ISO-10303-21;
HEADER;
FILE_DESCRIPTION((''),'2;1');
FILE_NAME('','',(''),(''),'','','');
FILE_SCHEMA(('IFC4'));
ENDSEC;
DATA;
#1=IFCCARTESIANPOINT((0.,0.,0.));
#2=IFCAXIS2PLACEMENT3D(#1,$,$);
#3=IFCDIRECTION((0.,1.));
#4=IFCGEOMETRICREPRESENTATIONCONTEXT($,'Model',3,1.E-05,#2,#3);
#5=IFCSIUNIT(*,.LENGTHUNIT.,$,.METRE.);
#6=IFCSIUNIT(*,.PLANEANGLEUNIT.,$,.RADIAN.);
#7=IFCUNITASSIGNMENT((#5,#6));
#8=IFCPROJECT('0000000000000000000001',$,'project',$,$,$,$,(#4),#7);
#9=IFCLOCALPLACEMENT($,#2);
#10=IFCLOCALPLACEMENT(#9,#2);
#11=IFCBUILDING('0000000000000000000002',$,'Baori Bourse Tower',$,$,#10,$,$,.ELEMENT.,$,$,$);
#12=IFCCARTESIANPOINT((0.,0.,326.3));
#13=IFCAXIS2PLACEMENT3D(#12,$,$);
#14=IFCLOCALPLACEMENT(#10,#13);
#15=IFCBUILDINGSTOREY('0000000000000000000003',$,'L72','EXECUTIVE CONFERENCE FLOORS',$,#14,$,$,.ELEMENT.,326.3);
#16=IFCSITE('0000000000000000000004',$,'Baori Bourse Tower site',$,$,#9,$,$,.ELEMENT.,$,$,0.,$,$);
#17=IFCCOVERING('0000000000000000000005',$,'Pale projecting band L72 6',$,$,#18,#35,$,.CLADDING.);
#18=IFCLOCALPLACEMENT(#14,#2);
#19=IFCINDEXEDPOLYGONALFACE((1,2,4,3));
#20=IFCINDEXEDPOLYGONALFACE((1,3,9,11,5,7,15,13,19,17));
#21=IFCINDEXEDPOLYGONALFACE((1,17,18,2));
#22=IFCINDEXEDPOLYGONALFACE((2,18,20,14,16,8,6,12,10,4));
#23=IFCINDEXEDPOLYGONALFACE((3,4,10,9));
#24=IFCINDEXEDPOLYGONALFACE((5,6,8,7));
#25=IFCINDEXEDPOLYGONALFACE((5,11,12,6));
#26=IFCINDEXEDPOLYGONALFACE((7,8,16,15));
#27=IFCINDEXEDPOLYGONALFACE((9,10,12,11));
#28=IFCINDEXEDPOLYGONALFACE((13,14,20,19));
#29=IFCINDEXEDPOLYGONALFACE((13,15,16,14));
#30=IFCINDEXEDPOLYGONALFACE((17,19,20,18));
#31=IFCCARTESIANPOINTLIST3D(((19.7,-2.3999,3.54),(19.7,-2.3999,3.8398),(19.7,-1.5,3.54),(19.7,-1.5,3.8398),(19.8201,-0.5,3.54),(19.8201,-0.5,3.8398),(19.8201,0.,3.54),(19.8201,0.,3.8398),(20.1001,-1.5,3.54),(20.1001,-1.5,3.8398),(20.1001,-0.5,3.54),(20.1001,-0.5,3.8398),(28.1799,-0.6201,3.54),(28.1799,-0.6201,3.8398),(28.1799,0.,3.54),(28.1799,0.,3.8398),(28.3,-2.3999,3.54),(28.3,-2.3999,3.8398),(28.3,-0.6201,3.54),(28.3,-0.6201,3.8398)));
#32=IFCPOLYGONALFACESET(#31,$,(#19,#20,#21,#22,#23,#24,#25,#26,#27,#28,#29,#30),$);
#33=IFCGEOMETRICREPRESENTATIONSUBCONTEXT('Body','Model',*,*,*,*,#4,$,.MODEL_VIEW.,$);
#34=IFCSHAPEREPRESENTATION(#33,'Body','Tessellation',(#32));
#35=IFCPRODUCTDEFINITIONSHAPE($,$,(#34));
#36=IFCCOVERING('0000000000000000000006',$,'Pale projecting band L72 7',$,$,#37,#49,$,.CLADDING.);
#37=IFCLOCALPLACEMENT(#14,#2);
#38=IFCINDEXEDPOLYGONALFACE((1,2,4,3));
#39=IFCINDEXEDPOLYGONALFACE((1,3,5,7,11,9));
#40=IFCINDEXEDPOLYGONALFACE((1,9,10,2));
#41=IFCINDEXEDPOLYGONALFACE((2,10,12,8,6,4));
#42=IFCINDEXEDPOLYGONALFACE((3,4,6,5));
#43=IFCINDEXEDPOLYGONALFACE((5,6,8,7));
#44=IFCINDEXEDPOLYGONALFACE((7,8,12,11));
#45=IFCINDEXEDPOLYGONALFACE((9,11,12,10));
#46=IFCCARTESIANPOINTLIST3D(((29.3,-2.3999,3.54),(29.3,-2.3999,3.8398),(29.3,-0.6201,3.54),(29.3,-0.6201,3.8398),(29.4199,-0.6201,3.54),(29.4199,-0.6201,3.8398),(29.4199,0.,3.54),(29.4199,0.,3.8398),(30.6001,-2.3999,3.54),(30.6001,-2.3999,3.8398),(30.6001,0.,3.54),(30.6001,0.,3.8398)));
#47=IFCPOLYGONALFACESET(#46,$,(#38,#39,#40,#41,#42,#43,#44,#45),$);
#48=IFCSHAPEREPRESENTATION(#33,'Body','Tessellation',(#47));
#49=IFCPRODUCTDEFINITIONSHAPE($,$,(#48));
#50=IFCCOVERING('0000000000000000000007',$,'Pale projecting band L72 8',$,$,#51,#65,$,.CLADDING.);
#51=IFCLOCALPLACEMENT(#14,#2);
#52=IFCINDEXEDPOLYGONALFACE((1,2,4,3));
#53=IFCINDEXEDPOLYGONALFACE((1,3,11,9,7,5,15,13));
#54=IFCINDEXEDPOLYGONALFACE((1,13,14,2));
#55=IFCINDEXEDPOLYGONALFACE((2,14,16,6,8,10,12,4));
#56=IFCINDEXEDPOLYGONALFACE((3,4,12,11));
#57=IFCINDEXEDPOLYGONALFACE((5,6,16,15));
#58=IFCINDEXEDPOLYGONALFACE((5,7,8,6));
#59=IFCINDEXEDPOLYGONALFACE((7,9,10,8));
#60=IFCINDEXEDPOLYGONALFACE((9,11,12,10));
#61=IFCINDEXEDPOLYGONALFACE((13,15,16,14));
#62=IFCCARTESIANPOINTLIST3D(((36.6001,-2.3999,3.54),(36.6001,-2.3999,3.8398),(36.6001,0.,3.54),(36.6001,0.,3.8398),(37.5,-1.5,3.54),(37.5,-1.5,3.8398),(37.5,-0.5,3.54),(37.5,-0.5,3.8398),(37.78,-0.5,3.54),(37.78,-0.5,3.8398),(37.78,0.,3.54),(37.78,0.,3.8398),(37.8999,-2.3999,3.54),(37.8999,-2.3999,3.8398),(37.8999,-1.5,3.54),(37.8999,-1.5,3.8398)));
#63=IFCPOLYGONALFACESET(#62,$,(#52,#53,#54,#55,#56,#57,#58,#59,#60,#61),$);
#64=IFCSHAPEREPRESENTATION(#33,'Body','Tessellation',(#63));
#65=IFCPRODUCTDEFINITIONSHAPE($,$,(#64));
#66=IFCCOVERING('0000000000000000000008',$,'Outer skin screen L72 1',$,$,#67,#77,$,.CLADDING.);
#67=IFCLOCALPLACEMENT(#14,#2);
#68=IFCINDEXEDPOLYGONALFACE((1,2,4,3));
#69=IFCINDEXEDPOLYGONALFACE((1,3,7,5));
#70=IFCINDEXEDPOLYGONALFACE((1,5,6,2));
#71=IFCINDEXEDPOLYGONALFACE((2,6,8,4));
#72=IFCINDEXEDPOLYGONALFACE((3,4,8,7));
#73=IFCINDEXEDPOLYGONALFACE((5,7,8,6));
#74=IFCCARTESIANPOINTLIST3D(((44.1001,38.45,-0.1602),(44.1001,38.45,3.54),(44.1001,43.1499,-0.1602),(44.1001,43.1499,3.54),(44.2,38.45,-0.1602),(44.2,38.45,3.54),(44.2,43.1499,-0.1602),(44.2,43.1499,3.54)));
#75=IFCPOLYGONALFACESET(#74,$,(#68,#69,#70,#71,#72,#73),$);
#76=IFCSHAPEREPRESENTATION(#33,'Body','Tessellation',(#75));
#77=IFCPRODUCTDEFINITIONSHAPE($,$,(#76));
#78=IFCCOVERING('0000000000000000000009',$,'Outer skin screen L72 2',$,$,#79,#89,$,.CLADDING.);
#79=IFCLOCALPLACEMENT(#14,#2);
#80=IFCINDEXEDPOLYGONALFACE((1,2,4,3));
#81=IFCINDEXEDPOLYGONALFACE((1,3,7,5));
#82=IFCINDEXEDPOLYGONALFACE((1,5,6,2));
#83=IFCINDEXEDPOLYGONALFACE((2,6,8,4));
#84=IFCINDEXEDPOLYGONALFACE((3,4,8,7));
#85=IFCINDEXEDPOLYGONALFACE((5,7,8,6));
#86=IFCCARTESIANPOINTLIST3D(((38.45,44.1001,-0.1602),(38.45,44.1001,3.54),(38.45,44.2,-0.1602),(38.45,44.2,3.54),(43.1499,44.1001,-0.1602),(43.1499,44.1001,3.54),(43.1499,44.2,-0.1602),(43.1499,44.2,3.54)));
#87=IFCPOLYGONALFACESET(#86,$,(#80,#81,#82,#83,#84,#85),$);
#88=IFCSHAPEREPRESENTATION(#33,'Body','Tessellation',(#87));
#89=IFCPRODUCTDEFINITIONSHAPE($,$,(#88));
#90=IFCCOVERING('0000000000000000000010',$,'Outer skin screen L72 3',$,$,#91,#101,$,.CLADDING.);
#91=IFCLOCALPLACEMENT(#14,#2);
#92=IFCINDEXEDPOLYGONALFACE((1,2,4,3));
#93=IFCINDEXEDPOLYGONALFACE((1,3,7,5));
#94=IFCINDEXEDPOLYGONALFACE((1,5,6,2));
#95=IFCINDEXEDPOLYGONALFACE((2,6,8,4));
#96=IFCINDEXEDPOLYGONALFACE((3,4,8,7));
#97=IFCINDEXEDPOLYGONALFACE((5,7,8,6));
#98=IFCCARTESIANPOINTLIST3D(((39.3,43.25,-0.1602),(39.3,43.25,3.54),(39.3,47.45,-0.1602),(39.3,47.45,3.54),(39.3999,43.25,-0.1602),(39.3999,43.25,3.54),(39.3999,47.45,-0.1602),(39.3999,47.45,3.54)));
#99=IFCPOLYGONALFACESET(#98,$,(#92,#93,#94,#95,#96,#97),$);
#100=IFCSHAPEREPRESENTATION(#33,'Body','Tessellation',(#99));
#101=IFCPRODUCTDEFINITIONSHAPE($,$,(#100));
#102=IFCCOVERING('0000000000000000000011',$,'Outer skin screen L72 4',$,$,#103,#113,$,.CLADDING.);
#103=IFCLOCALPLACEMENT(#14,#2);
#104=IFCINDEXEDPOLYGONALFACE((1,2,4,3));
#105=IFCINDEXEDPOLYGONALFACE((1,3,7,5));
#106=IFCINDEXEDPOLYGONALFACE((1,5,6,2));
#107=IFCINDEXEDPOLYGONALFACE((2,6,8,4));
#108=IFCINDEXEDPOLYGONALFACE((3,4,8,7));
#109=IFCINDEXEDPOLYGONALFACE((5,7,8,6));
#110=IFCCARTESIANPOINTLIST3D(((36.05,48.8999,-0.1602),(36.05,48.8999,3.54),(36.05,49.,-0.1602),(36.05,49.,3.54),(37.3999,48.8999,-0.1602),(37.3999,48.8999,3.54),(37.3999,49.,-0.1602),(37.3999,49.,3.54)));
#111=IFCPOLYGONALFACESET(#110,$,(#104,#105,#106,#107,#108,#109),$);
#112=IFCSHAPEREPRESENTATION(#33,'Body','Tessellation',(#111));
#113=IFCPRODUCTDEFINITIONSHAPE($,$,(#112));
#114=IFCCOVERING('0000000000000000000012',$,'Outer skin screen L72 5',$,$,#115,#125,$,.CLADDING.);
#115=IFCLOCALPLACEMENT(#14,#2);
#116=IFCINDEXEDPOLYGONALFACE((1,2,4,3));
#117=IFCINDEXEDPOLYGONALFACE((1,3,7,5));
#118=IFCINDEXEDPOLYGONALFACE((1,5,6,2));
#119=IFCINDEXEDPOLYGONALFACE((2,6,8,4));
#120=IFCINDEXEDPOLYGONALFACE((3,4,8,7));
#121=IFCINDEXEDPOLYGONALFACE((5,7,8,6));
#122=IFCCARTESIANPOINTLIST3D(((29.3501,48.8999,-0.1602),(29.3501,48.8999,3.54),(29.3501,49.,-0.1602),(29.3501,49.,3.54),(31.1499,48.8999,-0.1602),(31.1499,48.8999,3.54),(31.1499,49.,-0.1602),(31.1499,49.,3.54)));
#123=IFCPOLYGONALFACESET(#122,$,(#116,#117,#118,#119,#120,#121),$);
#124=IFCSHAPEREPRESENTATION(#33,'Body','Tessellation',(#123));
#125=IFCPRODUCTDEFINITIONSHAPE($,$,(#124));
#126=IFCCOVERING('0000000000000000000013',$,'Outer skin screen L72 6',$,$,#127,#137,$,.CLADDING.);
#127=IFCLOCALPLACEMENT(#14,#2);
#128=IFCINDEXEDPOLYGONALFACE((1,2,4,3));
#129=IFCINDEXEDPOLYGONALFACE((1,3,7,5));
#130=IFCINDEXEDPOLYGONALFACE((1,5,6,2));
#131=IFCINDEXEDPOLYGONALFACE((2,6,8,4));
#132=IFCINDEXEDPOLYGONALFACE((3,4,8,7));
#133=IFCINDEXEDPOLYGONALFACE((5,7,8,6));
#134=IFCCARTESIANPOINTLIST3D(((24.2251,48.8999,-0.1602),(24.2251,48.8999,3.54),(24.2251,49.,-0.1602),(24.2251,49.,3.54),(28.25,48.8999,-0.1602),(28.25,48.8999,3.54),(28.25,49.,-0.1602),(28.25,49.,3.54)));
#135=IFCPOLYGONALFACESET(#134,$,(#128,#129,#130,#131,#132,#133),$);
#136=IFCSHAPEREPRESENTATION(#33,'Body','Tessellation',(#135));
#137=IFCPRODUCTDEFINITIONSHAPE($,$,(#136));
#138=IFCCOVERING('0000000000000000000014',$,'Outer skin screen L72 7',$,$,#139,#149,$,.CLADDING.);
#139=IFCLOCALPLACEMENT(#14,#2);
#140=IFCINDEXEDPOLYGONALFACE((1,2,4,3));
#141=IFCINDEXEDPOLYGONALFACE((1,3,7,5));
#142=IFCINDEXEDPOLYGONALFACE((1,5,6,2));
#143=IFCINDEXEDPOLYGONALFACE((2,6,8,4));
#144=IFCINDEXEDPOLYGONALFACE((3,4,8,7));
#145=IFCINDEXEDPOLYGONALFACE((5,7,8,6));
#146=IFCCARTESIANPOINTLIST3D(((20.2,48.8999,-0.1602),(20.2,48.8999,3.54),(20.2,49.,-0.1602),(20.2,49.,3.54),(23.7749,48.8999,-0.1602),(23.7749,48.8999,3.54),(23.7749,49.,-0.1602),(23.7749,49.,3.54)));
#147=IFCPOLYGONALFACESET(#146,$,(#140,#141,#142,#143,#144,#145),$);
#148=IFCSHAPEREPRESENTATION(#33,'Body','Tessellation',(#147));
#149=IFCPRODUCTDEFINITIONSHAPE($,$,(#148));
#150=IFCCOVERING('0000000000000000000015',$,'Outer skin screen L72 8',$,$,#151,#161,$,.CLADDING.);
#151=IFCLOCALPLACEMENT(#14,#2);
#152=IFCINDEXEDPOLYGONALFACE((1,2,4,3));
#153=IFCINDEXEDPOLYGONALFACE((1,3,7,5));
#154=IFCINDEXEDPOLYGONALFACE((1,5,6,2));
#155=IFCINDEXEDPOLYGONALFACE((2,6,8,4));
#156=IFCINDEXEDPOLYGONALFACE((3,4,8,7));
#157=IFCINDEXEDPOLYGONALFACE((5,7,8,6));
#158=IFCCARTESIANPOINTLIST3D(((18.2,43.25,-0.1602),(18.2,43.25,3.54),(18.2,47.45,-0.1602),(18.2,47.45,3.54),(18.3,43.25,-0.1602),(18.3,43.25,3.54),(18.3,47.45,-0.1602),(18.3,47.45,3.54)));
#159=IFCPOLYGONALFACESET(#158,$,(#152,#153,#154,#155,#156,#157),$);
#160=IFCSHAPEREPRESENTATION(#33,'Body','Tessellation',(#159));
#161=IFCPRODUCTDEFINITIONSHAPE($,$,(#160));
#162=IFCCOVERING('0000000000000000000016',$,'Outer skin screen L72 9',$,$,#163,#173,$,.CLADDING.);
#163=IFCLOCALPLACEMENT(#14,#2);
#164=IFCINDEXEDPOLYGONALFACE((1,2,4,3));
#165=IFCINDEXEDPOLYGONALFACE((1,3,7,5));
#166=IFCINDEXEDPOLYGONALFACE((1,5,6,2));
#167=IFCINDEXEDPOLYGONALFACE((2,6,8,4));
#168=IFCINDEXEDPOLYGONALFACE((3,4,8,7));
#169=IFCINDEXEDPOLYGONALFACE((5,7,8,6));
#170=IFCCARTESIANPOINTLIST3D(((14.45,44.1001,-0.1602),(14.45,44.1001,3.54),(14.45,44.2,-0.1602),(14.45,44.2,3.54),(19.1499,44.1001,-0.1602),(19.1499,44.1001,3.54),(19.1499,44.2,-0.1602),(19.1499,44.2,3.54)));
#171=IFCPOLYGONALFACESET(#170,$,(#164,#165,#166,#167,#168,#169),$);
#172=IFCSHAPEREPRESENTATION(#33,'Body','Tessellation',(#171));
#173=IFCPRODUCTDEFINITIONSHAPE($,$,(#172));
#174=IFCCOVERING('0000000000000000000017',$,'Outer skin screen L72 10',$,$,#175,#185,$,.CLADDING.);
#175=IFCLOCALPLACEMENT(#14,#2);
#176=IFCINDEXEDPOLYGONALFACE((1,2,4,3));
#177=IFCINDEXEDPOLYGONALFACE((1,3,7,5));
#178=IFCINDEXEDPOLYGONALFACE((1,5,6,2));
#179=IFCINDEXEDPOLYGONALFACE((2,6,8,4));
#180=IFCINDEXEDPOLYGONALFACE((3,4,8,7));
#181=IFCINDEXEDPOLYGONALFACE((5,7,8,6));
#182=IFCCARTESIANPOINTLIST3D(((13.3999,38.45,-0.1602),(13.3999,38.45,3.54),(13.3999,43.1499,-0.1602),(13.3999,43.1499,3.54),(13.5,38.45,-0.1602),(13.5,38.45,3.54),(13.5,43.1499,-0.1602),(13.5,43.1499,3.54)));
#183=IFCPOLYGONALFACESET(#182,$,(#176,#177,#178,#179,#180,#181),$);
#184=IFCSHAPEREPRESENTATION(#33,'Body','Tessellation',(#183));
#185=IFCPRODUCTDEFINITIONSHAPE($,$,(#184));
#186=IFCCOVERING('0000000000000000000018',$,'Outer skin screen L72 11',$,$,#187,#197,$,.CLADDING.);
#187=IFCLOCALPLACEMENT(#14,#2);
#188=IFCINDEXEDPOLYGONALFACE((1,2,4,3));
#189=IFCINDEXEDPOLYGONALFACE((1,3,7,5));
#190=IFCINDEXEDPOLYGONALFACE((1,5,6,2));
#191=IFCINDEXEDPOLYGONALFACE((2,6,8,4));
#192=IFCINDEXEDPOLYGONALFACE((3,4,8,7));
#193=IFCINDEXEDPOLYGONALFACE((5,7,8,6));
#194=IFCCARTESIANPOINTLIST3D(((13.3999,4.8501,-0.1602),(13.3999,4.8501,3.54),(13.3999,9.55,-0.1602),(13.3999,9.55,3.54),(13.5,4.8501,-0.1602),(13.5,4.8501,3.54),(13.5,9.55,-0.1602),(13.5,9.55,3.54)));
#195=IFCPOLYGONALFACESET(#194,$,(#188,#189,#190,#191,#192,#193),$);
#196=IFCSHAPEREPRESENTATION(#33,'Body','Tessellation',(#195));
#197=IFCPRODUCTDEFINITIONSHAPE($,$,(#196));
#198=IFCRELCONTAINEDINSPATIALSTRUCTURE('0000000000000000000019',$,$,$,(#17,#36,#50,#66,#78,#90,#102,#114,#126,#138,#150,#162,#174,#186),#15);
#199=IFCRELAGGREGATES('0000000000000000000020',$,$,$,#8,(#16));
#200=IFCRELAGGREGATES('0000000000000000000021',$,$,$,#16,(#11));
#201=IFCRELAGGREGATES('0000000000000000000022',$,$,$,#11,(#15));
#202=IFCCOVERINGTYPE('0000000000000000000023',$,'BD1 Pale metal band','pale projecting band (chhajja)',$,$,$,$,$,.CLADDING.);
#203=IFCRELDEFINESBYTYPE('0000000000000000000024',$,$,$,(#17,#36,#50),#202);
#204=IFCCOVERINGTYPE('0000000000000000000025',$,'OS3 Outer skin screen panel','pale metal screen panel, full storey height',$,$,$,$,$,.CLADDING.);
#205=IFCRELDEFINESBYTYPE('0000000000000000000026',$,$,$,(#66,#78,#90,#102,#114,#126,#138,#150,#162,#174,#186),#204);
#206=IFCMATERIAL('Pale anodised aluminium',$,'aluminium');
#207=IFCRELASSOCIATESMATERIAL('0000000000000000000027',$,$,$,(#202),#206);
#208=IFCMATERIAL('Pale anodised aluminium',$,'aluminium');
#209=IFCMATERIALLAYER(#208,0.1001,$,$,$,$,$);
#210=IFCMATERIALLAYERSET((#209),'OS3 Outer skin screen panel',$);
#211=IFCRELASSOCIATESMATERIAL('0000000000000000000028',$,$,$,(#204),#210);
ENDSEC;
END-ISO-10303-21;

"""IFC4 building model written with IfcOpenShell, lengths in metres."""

from ifc_helpers import new_model, si_unit, direction, frame, origin, place, context, subcontext, project, spatial, polyline, outline, extrude, material, layer, layer_set, type_object, element, save


model = new_model("IFC4")

# Units and contexts
model_context = context("Model", 3, precision=1e-05, world=origin(), true_north=direction((0.0, 1.0)))
body_context = subcontext(model_context, "Body", "Model", "MODEL_VIEW")
ifc_project = project(units=[si_unit("LENGTHUNIT", "METRE"), si_unit("PLANEANGLEUNIT", "RADIAN")], contexts=[model_context])

# Site, building, storey
site_placement = place(None, origin())
site = spatial("IfcSite", under=ifc_project, at=site_placement, Name="Baori Bourse Tower site", CompositionType="ELEMENT", RefElevation=0.0)
building_placement = place(site_placement, origin())
building = spatial("IfcBuilding", under=site, at=building_placement, Name="Baori Bourse Tower", CompositionType="ELEMENT")
storey_placement = place(building_placement, frame((0.0, 0.0, 326.3)))
storey = spatial("IfcBuildingStorey", under=building, at=storey_placement, Name="L72", Description="EXECUTIVE CONFERENCE FLOORS", CompositionType="ELEMENT", Elevation=326.3)

# Coverings
ifc_material_1 = material(Name="Pale anodised aluminium", Category="aluminium")
covering_type_1 = type_object("IfcCoveringType", Name="BD1 Pale metal band", Description="pale projecting band (chhajja)", PredefinedType="CLADDING", material=ifc_material_1)
covering_1_placement = place(storey_placement, frame((0.0, 0.0, 3.54)))
element("IfcCovering", 1, at=covering_1_placement, inside=storey, type_object=covering_type_1, Name="Pale projecting band L72 6", PredefinedType="CLADDING", context=body_context, shape_type="SweptSolid", body=[
    extrude(outline(polyline([(28.1799, 0.0), (19.8201, 0.0), (19.8201, -0.5), (20.1001, -0.5), (20.1001, -1.5), (19.7, -1.5), (19.7, -2.3999), (28.3, -2.3999), (28.3, -0.6201), (28.1799, -0.6201), (28.1799, 0.0)])), origin(), (0.0, 0.0, 1.0), 0.2998),
])
covering_2_placement = place(storey_placement, frame((0.0, 0.0, 3.54)))
element("IfcCovering", 2, at=covering_2_placement, inside=storey, type_object=covering_type_1, Name="Pale projecting band L72 7", PredefinedType="CLADDING", context=body_context, shape_type="SweptSolid", body=[
    extrude(outline(polyline([(30.6001, 0.0), (29.4199, 0.0), (29.4199, -0.6201), (29.3, -0.6201), (29.3, -2.3999), (30.6001, -2.3999), (30.6001, 0.0)])), origin(), (0.0, 0.0, 1.0), 0.2998),
])
covering_3_placement = place(storey_placement, frame((0.0, 0.0, 3.54)))
element("IfcCovering", 3, at=covering_3_placement, inside=storey, type_object=covering_type_1, Name="Pale projecting band L72 8", PredefinedType="CLADDING", context=body_context, shape_type="SweptSolid", body=[
    extrude(outline(polyline([(37.78, 0.0), (36.6001, 0.0), (36.6001, -2.3999), (37.8999, -2.3999), (37.8999, -1.5), (37.5, -1.5), (37.5, -0.5), (37.78, -0.5), (37.78, 0.0)])), origin(), (0.0, 0.0, 1.0), 0.2998),
])
ifc_material_2 = material(Name="Pale anodised aluminium", Category="aluminium")
ifc_layer_1 = layer(ifc_material_2, 0.1001)
ifc_layer_set_1 = layer_set([ifc_layer_1], Name="OS3 Outer skin screen panel")
covering_type_2 = type_object("IfcCoveringType", Name="OS3 Outer skin screen panel", Description="pale metal screen panel, full storey height", PredefinedType="CLADDING", material=ifc_layer_set_1)
covering_4_placement = place(storey_placement, frame((0.0, 0.0, -0.1602)))
element("IfcCovering", 4, at=covering_4_placement, inside=storey, type_object=covering_type_2, Name="Outer skin screen L72 1", PredefinedType="CLADDING", context=body_context, shape_type="SweptSolid", body=[
    extrude(outline(polyline([(44.1001, 43.1499), (44.1001, 38.45), (44.2, 38.45), (44.2, 43.1499), (44.1001, 43.1499)])), origin(), (0.0, 0.0, 1.0), 3.7002),
])
covering_5_placement = place(storey_placement, frame((0.0, 0.0, -0.1602)))
element("IfcCovering", 5, at=covering_5_placement, inside=storey, type_object=covering_type_2, Name="Outer skin screen L72 2", PredefinedType="CLADDING", context=body_context, shape_type="SweptSolid", body=[
    extrude(outline(polyline([(38.45, 44.1001), (43.1499, 44.1001), (43.1499, 44.2), (38.45, 44.2), (38.45, 44.1001)])), origin(), (0.0, 0.0, 1.0), 3.7002),
])
covering_6_placement = place(storey_placement, frame((0.0, 0.0, -0.1602)))
element("IfcCovering", 6, at=covering_6_placement, inside=storey, type_object=covering_type_2, Name="Outer skin screen L72 3", PredefinedType="CLADDING", context=body_context, shape_type="SweptSolid", body=[
    extrude(outline(polyline([(39.3, 47.45), (39.3, 43.25), (39.3999, 43.25), (39.3999, 47.45), (39.3, 47.45)])), origin(), (0.0, 0.0, 1.0), 3.7002),
])
covering_7_placement = place(storey_placement, frame((0.0, 0.0, -0.1602)))
element("IfcCovering", 7, at=covering_7_placement, inside=storey, type_object=covering_type_2, Name="Outer skin screen L72 4", PredefinedType="CLADDING", context=body_context, shape_type="SweptSolid", body=[
    extrude(outline(polyline([(36.05, 48.8999), (37.3999, 48.8999), (37.3999, 49.0), (36.05, 49.0), (36.05, 48.8999)])), origin(), (0.0, 0.0, 1.0), 3.7002),
])
covering_8_placement = place(storey_placement, frame((0.0, 0.0, -0.1602)))
element("IfcCovering", 8, at=covering_8_placement, inside=storey, type_object=covering_type_2, Name="Outer skin screen L72 5", PredefinedType="CLADDING", context=body_context, shape_type="SweptSolid", body=[
    extrude(outline(polyline([(29.3501, 48.8999), (31.1499, 48.8999), (31.1499, 49.0), (29.3501, 49.0), (29.3501, 48.8999)])), origin(), (0.0, 0.0, 1.0), 3.7002),
])
covering_9_placement = place(storey_placement, frame((0.0, 0.0, -0.1602)))
element("IfcCovering", 9, at=covering_9_placement, inside=storey, type_object=covering_type_2, Name="Outer skin screen L72 6", PredefinedType="CLADDING", context=body_context, shape_type="SweptSolid", body=[
    extrude(outline(polyline([(24.2251, 48.8999), (28.25, 48.8999), (28.25, 49.0), (24.2251, 49.0), (24.2251, 48.8999)])), origin(), (0.0, 0.0, 1.0), 3.7002),
])
covering_10_placement = place(storey_placement, frame((0.0, 0.0, -0.1602)))
element("IfcCovering", 10, at=covering_10_placement, inside=storey, type_object=covering_type_2, Name="Outer skin screen L72 7", PredefinedType="CLADDING", context=body_context, shape_type="SweptSolid", body=[
    extrude(outline(polyline([(20.2, 48.8999), (23.7749, 48.8999), (23.7749, 49.0), (20.2, 49.0), (20.2, 48.8999)])), origin(), (0.0, 0.0, 1.0), 3.7002),
])
covering_11_placement = place(storey_placement, frame((0.0, 0.0, -0.1602)))
element("IfcCovering", 11, at=covering_11_placement, inside=storey, type_object=covering_type_2, Name="Outer skin screen L72 8", PredefinedType="CLADDING", context=body_context, shape_type="SweptSolid", body=[
    extrude(outline(polyline([(18.3, 43.25), (18.3, 47.45), (18.2, 47.45), (18.2, 43.25), (18.3, 43.25)])), origin(), (0.0, 0.0, 1.0), 3.7002),
])
covering_12_placement = place(storey_placement, frame((0.0, 0.0, -0.1602)))
element("IfcCovering", 12, at=covering_12_placement, inside=storey, type_object=covering_type_2, Name="Outer skin screen L72 9", PredefinedType="CLADDING", context=body_context, shape_type="SweptSolid", body=[
    extrude(outline(polyline([(14.45, 44.1001), (19.1499, 44.1001), (19.1499, 44.2), (14.45, 44.2), (14.45, 44.1001)])), origin(), (0.0, 0.0, 1.0), 3.7002),
])
covering_13_placement = place(storey_placement, frame((0.0, 0.0, -0.1602)))
element("IfcCovering", 13, at=covering_13_placement, inside=storey, type_object=covering_type_2, Name="Outer skin screen L72 10", PredefinedType="CLADDING", context=body_context, shape_type="SweptSolid", body=[
    extrude(outline(polyline([(13.5, 38.45), (13.5, 43.1499), (13.3999, 43.1499), (13.3999, 38.45), (13.5, 38.45)])), origin(), (0.0, 0.0, 1.0), 3.7002),
])
covering_14_placement = place(storey_placement, frame((0.0, 0.0, -0.1602)))
element("IfcCovering", 14, at=covering_14_placement, inside=storey, type_object=covering_type_2, Name="Outer skin screen L72 11", PredefinedType="CLADDING", context=body_context, shape_type="SweptSolid", body=[
    extrude(outline(polyline([(13.5, 4.8501), (13.5, 9.55), (13.3999, 9.55), (13.3999, 4.8501), (13.5, 4.8501)])), origin(), (0.0, 0.0, 1.0), 3.7002),
])

save(model, "model.ifc")
